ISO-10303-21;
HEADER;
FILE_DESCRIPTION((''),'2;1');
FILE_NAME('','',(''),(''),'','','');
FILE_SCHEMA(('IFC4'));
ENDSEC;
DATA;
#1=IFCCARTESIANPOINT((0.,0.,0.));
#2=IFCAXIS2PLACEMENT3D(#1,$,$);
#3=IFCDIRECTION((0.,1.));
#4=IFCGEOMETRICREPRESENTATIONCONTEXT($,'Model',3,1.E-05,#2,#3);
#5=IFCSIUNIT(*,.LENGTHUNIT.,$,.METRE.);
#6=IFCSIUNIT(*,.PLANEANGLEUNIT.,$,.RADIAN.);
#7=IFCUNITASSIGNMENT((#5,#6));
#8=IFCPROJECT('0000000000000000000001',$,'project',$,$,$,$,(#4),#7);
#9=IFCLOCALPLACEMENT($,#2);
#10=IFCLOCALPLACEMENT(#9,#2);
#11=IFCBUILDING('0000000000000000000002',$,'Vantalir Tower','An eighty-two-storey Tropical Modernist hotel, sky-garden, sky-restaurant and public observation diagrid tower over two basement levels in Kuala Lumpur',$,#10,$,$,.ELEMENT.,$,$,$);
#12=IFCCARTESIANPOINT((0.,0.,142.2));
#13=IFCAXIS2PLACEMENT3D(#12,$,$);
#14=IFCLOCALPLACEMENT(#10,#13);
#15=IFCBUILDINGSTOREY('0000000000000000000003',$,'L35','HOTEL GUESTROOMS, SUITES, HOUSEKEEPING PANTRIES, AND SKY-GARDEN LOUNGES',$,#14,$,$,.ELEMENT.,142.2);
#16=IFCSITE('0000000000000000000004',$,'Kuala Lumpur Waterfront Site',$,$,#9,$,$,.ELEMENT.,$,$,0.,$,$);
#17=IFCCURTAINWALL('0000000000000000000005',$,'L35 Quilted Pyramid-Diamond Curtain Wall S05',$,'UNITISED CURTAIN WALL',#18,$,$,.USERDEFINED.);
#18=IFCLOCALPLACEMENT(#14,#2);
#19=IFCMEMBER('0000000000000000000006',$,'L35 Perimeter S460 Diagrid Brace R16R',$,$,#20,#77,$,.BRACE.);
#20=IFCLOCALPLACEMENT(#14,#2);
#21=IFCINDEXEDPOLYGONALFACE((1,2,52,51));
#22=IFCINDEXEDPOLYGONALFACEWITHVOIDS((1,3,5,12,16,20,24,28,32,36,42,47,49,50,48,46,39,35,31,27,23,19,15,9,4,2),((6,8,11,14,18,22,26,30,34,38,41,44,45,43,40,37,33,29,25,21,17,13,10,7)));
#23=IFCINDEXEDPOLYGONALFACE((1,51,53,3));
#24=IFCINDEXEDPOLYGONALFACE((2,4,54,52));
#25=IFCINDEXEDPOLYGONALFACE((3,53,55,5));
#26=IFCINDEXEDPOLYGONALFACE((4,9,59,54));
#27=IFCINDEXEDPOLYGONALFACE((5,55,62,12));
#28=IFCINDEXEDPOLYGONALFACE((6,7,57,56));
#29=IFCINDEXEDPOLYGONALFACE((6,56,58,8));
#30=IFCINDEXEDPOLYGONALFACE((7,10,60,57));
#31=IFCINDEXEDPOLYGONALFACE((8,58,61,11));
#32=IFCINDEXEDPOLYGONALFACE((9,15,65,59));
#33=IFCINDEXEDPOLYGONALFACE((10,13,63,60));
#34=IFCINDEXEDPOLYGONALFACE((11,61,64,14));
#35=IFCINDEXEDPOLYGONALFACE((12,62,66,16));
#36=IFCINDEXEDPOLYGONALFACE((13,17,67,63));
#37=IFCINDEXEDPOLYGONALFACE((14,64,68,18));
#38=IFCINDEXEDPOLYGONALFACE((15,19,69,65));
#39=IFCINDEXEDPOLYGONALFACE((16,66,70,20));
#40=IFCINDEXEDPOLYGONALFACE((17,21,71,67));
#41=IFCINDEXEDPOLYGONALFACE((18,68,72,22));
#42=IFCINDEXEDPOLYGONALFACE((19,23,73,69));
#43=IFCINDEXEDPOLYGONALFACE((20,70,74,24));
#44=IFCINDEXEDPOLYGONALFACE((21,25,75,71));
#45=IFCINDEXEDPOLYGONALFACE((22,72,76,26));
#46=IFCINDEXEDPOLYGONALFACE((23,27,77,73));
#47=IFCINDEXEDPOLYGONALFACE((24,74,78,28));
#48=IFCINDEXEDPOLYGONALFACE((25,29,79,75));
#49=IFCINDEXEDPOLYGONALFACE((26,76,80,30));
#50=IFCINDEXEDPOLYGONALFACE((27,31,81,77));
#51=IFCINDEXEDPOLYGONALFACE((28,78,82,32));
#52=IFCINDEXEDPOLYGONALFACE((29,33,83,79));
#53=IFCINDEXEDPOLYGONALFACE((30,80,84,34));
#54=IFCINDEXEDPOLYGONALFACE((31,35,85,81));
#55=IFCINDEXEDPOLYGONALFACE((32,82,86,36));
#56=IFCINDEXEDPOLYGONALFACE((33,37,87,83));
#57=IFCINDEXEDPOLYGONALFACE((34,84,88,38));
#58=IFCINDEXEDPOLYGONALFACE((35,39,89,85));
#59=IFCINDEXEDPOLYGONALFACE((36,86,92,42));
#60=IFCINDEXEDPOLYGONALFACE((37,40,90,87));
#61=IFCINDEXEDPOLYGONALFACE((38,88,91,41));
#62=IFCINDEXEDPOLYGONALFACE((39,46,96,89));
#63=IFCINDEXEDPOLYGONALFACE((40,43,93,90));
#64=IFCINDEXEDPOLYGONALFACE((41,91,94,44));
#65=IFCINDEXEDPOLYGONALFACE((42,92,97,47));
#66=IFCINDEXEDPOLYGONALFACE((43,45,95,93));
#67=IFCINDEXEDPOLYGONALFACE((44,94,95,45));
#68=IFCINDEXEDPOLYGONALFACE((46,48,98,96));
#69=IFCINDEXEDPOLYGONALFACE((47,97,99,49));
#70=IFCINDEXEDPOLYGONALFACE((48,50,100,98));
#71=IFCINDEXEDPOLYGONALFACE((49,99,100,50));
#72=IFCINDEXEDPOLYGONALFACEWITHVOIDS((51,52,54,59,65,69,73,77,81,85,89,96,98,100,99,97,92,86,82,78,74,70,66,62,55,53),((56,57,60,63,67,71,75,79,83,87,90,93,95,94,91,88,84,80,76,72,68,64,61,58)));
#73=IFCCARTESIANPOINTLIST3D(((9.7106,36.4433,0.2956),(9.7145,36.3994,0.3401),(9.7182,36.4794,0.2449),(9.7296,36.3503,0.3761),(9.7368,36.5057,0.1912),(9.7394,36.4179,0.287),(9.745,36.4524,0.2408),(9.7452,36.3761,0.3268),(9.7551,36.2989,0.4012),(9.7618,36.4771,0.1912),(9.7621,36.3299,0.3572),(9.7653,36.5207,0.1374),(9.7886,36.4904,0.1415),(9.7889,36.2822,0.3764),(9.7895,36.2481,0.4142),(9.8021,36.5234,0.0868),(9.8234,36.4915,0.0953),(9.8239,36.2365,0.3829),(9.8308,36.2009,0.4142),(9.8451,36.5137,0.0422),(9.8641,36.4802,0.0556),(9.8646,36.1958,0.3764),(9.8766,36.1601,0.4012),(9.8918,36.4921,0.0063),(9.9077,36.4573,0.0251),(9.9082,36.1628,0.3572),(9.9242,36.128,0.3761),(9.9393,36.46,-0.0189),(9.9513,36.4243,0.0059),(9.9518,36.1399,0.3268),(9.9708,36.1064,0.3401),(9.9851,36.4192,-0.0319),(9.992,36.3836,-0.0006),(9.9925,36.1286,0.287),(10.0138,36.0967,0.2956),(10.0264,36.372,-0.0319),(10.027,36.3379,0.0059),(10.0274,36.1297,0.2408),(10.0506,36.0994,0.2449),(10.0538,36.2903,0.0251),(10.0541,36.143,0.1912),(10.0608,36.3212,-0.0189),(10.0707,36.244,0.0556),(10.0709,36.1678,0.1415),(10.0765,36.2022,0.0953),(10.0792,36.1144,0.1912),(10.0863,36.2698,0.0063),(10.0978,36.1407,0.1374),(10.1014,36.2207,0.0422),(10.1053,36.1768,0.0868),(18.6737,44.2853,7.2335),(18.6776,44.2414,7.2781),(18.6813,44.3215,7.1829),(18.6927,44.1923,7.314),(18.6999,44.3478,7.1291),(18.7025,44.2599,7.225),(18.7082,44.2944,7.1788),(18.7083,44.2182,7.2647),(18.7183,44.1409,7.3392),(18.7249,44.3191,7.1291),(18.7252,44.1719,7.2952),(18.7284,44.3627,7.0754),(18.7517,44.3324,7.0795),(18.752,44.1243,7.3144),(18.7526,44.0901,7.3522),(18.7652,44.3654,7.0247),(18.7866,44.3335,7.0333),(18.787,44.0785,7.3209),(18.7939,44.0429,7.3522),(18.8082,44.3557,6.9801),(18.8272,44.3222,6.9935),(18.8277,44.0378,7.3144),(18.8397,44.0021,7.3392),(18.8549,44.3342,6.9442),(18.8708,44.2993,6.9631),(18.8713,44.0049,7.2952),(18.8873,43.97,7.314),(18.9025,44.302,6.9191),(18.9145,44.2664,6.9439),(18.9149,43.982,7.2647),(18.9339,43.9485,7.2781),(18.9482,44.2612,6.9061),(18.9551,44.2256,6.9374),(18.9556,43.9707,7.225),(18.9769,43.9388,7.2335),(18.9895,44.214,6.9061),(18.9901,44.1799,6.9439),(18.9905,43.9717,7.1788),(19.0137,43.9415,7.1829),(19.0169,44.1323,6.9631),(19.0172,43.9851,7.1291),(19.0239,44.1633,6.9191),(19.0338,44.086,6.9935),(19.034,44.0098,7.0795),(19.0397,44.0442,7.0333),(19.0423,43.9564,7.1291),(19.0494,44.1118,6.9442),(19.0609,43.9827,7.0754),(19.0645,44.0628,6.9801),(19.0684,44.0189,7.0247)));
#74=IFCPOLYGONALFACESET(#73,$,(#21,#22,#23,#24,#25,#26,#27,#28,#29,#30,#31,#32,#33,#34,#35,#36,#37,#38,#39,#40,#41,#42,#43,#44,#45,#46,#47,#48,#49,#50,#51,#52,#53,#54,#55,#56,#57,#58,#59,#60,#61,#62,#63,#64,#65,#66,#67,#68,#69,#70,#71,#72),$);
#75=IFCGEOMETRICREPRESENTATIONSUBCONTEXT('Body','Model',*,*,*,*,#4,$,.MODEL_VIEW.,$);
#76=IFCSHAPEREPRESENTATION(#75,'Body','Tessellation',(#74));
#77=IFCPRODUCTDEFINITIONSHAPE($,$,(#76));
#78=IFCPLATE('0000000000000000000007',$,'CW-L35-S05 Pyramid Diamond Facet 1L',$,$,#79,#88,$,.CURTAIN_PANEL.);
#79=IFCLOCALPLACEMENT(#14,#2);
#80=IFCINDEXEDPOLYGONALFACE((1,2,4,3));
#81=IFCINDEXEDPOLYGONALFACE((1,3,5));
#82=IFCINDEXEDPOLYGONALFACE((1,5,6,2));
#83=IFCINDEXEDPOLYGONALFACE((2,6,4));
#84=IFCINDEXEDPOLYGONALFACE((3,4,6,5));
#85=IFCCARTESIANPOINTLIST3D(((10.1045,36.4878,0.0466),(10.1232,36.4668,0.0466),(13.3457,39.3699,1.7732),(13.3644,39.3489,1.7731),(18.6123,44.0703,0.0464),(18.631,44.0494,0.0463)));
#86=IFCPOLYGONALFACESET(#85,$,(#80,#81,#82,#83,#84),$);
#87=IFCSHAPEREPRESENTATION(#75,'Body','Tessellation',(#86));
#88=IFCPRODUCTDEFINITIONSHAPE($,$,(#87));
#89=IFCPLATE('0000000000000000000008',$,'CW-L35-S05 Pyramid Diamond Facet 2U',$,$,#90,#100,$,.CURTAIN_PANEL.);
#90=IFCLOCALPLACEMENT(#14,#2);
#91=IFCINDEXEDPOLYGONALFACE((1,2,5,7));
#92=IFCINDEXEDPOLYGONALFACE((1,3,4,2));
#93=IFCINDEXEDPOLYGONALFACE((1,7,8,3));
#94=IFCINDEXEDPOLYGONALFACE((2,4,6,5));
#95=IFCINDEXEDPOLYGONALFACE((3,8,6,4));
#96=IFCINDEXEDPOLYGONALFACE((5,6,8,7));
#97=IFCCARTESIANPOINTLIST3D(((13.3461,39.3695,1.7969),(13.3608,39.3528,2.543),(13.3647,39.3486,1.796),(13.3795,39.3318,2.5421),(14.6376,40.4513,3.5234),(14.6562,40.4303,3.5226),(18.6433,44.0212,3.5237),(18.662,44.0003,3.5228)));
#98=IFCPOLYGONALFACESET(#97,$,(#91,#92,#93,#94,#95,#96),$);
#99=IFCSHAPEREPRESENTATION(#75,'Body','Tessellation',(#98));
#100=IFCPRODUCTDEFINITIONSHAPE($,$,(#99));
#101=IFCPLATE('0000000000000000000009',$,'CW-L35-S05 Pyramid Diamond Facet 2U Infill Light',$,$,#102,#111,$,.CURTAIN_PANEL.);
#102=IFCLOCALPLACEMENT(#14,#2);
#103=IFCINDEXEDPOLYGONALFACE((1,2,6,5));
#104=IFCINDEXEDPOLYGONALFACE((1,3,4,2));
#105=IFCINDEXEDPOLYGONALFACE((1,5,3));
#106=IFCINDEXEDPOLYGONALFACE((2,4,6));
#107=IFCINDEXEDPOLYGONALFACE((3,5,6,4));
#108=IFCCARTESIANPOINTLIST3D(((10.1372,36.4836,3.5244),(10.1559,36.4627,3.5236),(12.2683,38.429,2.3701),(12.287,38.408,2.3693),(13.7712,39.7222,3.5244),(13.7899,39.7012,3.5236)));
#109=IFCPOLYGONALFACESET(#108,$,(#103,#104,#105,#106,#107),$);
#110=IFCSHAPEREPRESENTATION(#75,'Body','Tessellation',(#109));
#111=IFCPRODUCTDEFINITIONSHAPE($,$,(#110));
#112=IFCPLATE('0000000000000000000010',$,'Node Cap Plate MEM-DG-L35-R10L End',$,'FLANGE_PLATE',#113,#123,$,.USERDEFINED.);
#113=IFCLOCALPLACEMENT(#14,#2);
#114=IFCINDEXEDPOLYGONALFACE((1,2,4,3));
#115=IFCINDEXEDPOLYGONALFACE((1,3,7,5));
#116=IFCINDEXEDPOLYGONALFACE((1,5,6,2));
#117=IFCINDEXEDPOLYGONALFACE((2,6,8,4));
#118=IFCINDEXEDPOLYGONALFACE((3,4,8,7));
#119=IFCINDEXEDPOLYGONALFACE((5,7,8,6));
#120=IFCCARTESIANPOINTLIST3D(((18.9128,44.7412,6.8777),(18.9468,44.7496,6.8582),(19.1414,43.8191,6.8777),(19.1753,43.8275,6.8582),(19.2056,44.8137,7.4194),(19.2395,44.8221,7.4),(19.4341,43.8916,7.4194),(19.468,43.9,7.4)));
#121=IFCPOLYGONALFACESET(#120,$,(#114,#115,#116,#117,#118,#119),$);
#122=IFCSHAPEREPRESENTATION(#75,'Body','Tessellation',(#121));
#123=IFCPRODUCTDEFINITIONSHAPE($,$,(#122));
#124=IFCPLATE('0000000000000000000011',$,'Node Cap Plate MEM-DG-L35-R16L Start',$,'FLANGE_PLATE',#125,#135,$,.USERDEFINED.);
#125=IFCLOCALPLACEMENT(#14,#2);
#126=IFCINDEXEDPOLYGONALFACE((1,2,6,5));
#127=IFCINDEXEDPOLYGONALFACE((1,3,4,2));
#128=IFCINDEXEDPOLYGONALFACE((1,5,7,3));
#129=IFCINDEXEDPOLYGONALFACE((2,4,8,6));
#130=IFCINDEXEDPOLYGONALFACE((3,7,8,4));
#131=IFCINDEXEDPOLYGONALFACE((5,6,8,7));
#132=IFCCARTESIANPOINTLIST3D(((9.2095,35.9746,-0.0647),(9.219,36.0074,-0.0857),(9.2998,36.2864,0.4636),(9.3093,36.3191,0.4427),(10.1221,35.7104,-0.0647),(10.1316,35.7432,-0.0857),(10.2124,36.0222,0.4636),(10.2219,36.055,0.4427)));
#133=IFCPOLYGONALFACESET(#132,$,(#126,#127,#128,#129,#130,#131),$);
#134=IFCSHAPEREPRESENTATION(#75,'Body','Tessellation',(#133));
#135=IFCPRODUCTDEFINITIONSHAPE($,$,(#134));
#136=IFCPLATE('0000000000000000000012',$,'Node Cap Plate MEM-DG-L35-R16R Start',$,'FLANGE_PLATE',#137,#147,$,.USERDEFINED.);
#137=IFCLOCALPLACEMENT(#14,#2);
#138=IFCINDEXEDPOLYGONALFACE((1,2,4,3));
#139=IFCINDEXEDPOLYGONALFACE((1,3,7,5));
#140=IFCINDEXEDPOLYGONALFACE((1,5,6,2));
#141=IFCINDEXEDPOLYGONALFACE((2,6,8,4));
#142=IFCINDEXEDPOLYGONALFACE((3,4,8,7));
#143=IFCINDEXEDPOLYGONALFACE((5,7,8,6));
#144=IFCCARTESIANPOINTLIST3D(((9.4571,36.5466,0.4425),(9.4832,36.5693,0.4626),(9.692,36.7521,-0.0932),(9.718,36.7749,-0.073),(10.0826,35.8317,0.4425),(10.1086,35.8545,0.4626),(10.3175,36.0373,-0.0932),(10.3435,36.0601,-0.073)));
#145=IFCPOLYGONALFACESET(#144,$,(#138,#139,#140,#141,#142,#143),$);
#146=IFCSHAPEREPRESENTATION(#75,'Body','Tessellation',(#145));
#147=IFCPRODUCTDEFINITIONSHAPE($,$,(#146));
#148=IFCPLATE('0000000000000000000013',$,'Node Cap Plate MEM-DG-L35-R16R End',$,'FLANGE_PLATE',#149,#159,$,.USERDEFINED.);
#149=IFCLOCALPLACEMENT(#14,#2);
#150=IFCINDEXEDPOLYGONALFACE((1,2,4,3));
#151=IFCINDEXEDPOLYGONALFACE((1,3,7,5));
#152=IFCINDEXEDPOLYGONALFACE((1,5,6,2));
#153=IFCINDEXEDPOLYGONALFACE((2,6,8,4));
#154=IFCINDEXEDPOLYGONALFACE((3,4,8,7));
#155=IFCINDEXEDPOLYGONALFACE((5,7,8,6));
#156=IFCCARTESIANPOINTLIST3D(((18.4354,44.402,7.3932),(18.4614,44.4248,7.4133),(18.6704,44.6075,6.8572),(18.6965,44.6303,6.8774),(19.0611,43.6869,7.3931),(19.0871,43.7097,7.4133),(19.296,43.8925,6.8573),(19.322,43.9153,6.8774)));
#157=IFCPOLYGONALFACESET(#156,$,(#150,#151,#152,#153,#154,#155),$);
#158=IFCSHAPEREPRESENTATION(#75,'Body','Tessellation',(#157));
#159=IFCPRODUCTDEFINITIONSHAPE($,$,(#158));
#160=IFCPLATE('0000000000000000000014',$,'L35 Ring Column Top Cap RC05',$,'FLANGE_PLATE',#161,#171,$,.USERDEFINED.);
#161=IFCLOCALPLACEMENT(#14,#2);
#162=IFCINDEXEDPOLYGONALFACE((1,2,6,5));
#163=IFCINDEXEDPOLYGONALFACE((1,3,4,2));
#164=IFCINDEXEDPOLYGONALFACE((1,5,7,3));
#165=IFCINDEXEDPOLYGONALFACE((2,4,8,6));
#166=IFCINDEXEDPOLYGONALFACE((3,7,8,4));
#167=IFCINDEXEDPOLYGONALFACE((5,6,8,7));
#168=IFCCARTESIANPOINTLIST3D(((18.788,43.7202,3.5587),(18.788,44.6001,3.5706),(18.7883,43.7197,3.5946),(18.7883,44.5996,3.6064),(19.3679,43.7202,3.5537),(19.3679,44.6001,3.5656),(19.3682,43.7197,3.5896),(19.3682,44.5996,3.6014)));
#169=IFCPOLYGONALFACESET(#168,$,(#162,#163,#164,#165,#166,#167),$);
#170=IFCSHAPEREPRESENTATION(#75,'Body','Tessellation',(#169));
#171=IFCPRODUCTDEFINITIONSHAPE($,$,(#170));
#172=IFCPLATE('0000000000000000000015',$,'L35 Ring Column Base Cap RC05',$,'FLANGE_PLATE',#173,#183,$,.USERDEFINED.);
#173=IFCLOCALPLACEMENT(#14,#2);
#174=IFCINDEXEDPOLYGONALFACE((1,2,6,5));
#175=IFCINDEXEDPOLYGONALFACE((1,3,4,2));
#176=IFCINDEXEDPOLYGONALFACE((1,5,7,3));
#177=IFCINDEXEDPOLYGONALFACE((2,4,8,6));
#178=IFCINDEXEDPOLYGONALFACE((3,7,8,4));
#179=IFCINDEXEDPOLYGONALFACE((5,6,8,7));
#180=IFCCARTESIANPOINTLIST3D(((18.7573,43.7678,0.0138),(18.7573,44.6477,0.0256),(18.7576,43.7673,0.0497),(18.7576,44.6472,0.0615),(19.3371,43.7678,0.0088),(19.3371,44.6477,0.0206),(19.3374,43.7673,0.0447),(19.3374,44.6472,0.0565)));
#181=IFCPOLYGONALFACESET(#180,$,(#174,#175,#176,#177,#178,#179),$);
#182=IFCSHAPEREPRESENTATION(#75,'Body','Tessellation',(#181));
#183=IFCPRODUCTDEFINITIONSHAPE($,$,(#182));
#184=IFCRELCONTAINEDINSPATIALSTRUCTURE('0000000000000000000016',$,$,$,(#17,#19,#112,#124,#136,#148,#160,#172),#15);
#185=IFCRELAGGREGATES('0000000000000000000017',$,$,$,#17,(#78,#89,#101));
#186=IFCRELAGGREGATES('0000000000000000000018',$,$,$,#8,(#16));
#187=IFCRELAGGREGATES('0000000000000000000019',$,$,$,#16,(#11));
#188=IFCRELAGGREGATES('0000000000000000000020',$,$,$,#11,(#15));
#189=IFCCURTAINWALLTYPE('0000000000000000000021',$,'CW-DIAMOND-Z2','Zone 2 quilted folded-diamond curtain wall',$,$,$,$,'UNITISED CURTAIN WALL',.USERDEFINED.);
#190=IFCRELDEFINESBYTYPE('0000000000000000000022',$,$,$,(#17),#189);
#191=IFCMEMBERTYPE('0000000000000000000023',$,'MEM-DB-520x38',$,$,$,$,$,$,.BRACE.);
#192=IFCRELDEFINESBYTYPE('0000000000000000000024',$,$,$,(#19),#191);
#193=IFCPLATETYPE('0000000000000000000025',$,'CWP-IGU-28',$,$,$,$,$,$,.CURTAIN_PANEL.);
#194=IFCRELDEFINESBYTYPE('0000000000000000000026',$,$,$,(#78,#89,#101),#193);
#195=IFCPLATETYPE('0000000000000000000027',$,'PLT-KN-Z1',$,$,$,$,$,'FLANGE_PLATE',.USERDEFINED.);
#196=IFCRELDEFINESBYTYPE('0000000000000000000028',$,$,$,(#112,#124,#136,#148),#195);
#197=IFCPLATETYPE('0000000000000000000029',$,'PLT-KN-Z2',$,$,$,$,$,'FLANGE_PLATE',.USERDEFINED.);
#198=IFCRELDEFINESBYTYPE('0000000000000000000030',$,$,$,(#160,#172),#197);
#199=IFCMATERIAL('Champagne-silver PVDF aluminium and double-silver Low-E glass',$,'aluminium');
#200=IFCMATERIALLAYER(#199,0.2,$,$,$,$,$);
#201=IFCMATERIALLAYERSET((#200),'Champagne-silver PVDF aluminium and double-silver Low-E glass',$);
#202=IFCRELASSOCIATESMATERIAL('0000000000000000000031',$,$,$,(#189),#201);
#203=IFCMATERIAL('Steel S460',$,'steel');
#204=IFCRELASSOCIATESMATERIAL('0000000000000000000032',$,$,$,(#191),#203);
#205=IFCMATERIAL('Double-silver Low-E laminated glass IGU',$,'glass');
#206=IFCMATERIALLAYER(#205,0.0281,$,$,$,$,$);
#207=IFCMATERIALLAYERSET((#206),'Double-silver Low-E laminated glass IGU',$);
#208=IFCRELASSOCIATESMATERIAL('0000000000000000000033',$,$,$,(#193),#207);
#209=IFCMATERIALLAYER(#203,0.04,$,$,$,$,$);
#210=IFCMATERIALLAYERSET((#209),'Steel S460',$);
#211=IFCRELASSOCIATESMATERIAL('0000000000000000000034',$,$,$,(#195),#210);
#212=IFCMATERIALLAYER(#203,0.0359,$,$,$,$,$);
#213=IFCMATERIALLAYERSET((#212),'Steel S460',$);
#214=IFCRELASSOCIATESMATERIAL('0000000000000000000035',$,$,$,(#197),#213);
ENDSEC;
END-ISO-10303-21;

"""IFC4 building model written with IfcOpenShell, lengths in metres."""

from ifc_helpers import new_model, si_unit, direction, frame, origin, origin_2d, place, context, subcontext, project, spatial, polyline, hollow_circle, outline, extrude, material, layer, layer_set, material_profile, profile_set, type_object, element, aggregate, save


model = new_model("IFC4")

# Units and contexts
model_context = context("Model", 3, precision=1e-05, world=origin(), true_north=direction((0.0, 1.0)))
body_context = subcontext(model_context, "Body", "Model", "MODEL_VIEW")
ifc_project = project(units=[si_unit("LENGTHUNIT", "METRE"), si_unit("PLANEANGLEUNIT", "RADIAN")], contexts=[model_context])

# Site, building, storey
site_placement = place(None, origin())
site = spatial("IfcSite", under=ifc_project, at=site_placement, Name="Kuala Lumpur Waterfront Site", CompositionType="ELEMENT", RefElevation=0.0)
building_placement = place(site_placement, origin())
building = spatial("IfcBuilding", under=site, at=building_placement, Name="Vantalir Tower", Description="An eighty-two-storey Tropical Modernist hotel, sky-garden, sky-restaurant and public observation diagrid tower over two basement levels in Kuala Lumpur", CompositionType="ELEMENT")
storey_placement = place(building_placement, frame((0.0, 0.0, 142.2)))
storey = spatial("IfcBuildingStorey", under=building, at=storey_placement, Name="L35", Description="HOTEL GUESTROOMS, SUITES, HOUSEKEEPING PANTRIES, AND SKY-GARDEN LOUNGES", CompositionType="ELEMENT", Elevation=142.2)

# Shared definitions
ifc_material_1 = material(Name="Steel S460", Category="steel")

# Curtain wall
ifc_material_2 = material(Name="Champagne-silver PVDF aluminium and double-silver Low-E glass", Category="aluminium")
ifc_layer_1 = layer(ifc_material_2, 0.2)
ifc_layer_set_1 = layer_set([ifc_layer_1], Name="Champagne-silver PVDF aluminium and double-silver Low-E glass")
curtain_wall_type = type_object("IfcCurtainWallType", Name="CW-DIAMOND-Z2", Description="Zone 2 quilted folded-diamond curtain wall", ElementType="UNITISED CURTAIN WALL", PredefinedType="USERDEFINED", material=ifc_layer_set_1)
curtain_wall_placement = place(storey_placement, origin())
curtain_wall = element("IfcCurtainWall", 1, at=curtain_wall_placement, inside=storey, type_object=curtain_wall_type, Name="L35 Quilted Pyramid-Diamond Curtain Wall S05", ObjectType="UNITISED CURTAIN WALL", PredefinedType="USERDEFINED")

# Member
ifc_material_profile_1 = material_profile(ifc_material_1, hollow_circle(Radius=0.26, WallThickness=0.0381, at=origin_2d()), Name="Steel S460")
ifc_profile_set_1 = profile_set([ifc_material_profile_1], Name="Steel S460")
member_type_1 = type_object("IfcMemberType", Name="MEM-DB-520x38", PredefinedType="BRACE", material=ifc_profile_set_1)
member_1_placement = place(storey_placement, frame((9.908, 36.3101, 0.1912), z_axis=(0.650304, 0.568965, 0.503373), x_axis=(-0.658471, 0.752606, 0.0)))
element("IfcMember", 2, at=member_1_placement, inside=storey, type_object=member_type_1, Name="L35 Perimeter S460 Diagrid Brace R16R", PredefinedType="BRACE", context=body_context, shape_type="SweptSolid", body=[
    extrude(hollow_circle(Radius=0.26, WallThickness=0.0381, at=origin_2d()), origin(), (0.0, 0.0, 1.0), 13.783),
])

# Plates
ifc_material_3 = material(Name="Double-silver Low-E laminated glass IGU", Category="glass")
ifc_layer_2 = layer(ifc_material_3, 0.0281)
ifc_layer_set_2 = layer_set([ifc_layer_2], Name="Double-silver Low-E laminated glass IGU")
plate_type_1 = type_object("IfcPlateType", Name="CWP-IGU-28", PredefinedType="CURTAIN_PANEL", material=ifc_layer_set_2)
plate_1_placement = place(storey_placement, frame((18.6123, 44.0703, 0.0464), z_axis=(-0.665342, 0.746533, 0.002864), x_axis=(-0.746536, -0.665345, 0.000021)))
plate_1 = element("IfcPlate", 3, at=plate_1_placement, type_object=plate_type_1, Name="CW-L35-S05 Pyramid Diamond Facet 1L", PredefinedType="CURTAIN_PANEL", context=body_context, shape_type="SweptSolid", body=[
    extrude(outline(polyline([(0.0, 0.0), (11.3964, 0.0), (7.0592, 1.7267), (0.0, 0.0)])), origin(), (0.0, 0.0, -1.0), 0.0281),
])
plate_2_placement = place(storey_placement, frame((18.6433, 44.0212, 3.5237), z_axis=(-0.665032, 0.746216, 0.029912), x_axis=(-0.746551, -0.665328, -0.000046)))
plate_2 = element("IfcPlate", 4, at=plate_2_placement, type_object=plate_type_1, Name="CW-L35-S05 Pyramid Diamond Facet 2U", PredefinedType="CURTAIN_PANEL", context=body_context, shape_type="SweptSolid", body=[
    extrude(outline(polyline([(0.0, 0.0), (5.3657, 0.0), (7.0497, -0.9808), (7.0497, -1.7273), (0.0, 0.0)])), origin(), (0.0, 0.0, -1.0), 0.0281),
])
plate_3_placement = place(storey_placement, frame((13.7712, 39.7222, 3.5244), z_axis=(-0.665017, 0.746232, 0.029833), x_axis=(-0.746565, -0.665313, 0.0)))
plate_3 = element("IfcPlate", 5, at=plate_3_placement, type_object=plate_type_1, Name="CW-L35-S05 Pyramid Diamond Facet 2U Infill Light", PredefinedType="CURTAIN_PANEL", context=body_context, shape_type="SweptSolid", body=[
    extrude(outline(polyline([(0.0, 0.0), (4.8677, 0.0), (1.9824, -1.1548), (0.0, 0.0)])), origin(), (0.0, 0.0, -1.0), 0.0281),
])
aggregate(curtain_wall, [plate_1, plate_2, plate_3])

# Plates
ifc_layer_3 = layer(ifc_material_1, 0.04)
ifc_layer_set_3 = layer_set([ifc_layer_3], Name="Steel S460")
plate_type_2 = type_object("IfcPlateType", Name="PLT-KN-Z1", ElementType="FLANGE_PLATE", PredefinedType="USERDEFINED", material=ifc_layer_set_3)
plate_4_placement = place(storey_placement, frame((18.9128, 44.7412, 6.8777), z_axis=(-0.848092, -0.210171, 0.486383), x_axis=(0.24054, -0.970639, 0.0)))
element("IfcPlate", 6, at=plate_4_placement, inside=storey, type_object=plate_type_2, Name="Node Cap Plate MEM-DG-L35-R10L End", ObjectType="FLANGE_PLATE", PredefinedType="USERDEFINED", context=body_context, shape_type="SweptSolid", body=[
    extrude(outline(polyline([(0.0, 0.0), (0.95, 0.0), (0.95, 0.62), (0.0, 0.62), (0.0, 0.0)])), origin(), (0.0, 0.0, -1.0), 0.04),
])
plate_5_placement = place(storey_placement, frame((9.2095, 35.9746, -0.0647), z_axis=(-0.236906, -0.818442, 0.523477), x_axis=(0.960568, -0.278046, 0.0)))
element("IfcPlate", 7, at=plate_5_placement, inside=storey, type_object=plate_type_2, Name="Node Cap Plate MEM-DG-L35-R16L Start", ObjectType="FLANGE_PLATE", PredefinedType="USERDEFINED", context=body_context, shape_type="SweptSolid", body=[
    extrude(outline(polyline([(0.0, 0.0), (0.9501, 0.0), (0.9501, 0.6201), (0.0001, 0.6201), (0.0, 0.0)])), origin(), (0.0, 0.0, -1.0), 0.04),
])
plate_6_placement = place(storey_placement, frame((10.3435, 36.0601, -0.073), z_axis=(0.65024, 0.56896, 0.503461), x_axis=(-0.658505, 0.752577, 0.0)))
element("IfcPlate", 8, at=plate_6_placement, inside=storey, type_object=plate_type_2, Name="Node Cap Plate MEM-DG-L35-R16R Start", ObjectType="FLANGE_PLATE", PredefinedType="USERDEFINED", context=body_context, shape_type="SweptSolid", body=[
    extrude(outline(polyline([(0.0, 0.0), (0.9499, 0.0), (0.9498, 0.6199), (0.0, 0.6199), (0.0, 0.0)])), origin(), (0.0, 0.0, -1.0), 0.04),
])
plate_7_placement = place(storey_placement, frame((19.322, 43.9153, 6.8774), z_axis=(0.650307, 0.568936, 0.503401), x_axis=(-0.658432, 0.752641, -0.000042)))
element("IfcPlate", 9, at=plate_7_placement, inside=storey, type_object=plate_type_2, Name="Node Cap Plate MEM-DG-L35-R16R End", ObjectType="FLANGE_PLATE", PredefinedType="USERDEFINED", context=body_context, shape_type="SweptSolid", body=[
    extrude(outline(polyline([(0.0, 0.0), (0.95, 0.0), (0.9501, 0.6202), (-0.0001, 0.6202), (0.0, 0.0)])), origin(), (0.0, 0.0, -1.0), 0.04),
])
ifc_layer_4 = layer(ifc_material_1, 0.0359)
ifc_layer_set_4 = layer_set([ifc_layer_4], Name="Steel S460")
plate_type_3 = type_object("IfcPlateType", Name="PLT-KN-Z2", ElementType="FLANGE_PLATE", PredefinedType="USERDEFINED", material=ifc_layer_set_4)
plate_8_placement = place(storey_placement, frame((18.7883, 44.5996, 3.6064), z_axis=(0.00863, -0.013456, 0.999872), x_axis=(-0.000001, -0.999909, -0.013456)))
element("IfcPlate", 10, at=plate_8_placement, inside=storey, type_object=plate_type_3, Name="L35 Ring Column Top Cap RC05", ObjectType="FLANGE_PLATE", PredefinedType="USERDEFINED", context=body_context, shape_type="SweptSolid", body=[
    extrude(outline(polyline([(0.0, 0.0), (0.88, 0.0), (0.88, 0.5799), (0.0001, 0.5799), (0.0, 0.0)])), origin(), (0.0, 0.0, -1.0), 0.0359),
])
plate_9_placement = place(storey_placement, frame((18.7576, 44.6472, 0.0615), z_axis=(0.00863, -0.013456, 0.999872), x_axis=(0.000001, -0.999909, -0.013456)))
element("IfcPlate", 11, at=plate_9_placement, inside=storey, type_object=plate_type_3, Name="L35 Ring Column Base Cap RC05", ObjectType="FLANGE_PLATE", PredefinedType="USERDEFINED", context=body_context, shape_type="SweptSolid", body=[
    extrude(outline(polyline([(0.0, 0.0), (0.88, 0.0), (0.88, 0.5799), (0.0001, 0.5799), (0.0, 0.0)])), origin(), (0.0, 0.0, -1.0), 0.0359),
])

save(model, "model.ifc")
